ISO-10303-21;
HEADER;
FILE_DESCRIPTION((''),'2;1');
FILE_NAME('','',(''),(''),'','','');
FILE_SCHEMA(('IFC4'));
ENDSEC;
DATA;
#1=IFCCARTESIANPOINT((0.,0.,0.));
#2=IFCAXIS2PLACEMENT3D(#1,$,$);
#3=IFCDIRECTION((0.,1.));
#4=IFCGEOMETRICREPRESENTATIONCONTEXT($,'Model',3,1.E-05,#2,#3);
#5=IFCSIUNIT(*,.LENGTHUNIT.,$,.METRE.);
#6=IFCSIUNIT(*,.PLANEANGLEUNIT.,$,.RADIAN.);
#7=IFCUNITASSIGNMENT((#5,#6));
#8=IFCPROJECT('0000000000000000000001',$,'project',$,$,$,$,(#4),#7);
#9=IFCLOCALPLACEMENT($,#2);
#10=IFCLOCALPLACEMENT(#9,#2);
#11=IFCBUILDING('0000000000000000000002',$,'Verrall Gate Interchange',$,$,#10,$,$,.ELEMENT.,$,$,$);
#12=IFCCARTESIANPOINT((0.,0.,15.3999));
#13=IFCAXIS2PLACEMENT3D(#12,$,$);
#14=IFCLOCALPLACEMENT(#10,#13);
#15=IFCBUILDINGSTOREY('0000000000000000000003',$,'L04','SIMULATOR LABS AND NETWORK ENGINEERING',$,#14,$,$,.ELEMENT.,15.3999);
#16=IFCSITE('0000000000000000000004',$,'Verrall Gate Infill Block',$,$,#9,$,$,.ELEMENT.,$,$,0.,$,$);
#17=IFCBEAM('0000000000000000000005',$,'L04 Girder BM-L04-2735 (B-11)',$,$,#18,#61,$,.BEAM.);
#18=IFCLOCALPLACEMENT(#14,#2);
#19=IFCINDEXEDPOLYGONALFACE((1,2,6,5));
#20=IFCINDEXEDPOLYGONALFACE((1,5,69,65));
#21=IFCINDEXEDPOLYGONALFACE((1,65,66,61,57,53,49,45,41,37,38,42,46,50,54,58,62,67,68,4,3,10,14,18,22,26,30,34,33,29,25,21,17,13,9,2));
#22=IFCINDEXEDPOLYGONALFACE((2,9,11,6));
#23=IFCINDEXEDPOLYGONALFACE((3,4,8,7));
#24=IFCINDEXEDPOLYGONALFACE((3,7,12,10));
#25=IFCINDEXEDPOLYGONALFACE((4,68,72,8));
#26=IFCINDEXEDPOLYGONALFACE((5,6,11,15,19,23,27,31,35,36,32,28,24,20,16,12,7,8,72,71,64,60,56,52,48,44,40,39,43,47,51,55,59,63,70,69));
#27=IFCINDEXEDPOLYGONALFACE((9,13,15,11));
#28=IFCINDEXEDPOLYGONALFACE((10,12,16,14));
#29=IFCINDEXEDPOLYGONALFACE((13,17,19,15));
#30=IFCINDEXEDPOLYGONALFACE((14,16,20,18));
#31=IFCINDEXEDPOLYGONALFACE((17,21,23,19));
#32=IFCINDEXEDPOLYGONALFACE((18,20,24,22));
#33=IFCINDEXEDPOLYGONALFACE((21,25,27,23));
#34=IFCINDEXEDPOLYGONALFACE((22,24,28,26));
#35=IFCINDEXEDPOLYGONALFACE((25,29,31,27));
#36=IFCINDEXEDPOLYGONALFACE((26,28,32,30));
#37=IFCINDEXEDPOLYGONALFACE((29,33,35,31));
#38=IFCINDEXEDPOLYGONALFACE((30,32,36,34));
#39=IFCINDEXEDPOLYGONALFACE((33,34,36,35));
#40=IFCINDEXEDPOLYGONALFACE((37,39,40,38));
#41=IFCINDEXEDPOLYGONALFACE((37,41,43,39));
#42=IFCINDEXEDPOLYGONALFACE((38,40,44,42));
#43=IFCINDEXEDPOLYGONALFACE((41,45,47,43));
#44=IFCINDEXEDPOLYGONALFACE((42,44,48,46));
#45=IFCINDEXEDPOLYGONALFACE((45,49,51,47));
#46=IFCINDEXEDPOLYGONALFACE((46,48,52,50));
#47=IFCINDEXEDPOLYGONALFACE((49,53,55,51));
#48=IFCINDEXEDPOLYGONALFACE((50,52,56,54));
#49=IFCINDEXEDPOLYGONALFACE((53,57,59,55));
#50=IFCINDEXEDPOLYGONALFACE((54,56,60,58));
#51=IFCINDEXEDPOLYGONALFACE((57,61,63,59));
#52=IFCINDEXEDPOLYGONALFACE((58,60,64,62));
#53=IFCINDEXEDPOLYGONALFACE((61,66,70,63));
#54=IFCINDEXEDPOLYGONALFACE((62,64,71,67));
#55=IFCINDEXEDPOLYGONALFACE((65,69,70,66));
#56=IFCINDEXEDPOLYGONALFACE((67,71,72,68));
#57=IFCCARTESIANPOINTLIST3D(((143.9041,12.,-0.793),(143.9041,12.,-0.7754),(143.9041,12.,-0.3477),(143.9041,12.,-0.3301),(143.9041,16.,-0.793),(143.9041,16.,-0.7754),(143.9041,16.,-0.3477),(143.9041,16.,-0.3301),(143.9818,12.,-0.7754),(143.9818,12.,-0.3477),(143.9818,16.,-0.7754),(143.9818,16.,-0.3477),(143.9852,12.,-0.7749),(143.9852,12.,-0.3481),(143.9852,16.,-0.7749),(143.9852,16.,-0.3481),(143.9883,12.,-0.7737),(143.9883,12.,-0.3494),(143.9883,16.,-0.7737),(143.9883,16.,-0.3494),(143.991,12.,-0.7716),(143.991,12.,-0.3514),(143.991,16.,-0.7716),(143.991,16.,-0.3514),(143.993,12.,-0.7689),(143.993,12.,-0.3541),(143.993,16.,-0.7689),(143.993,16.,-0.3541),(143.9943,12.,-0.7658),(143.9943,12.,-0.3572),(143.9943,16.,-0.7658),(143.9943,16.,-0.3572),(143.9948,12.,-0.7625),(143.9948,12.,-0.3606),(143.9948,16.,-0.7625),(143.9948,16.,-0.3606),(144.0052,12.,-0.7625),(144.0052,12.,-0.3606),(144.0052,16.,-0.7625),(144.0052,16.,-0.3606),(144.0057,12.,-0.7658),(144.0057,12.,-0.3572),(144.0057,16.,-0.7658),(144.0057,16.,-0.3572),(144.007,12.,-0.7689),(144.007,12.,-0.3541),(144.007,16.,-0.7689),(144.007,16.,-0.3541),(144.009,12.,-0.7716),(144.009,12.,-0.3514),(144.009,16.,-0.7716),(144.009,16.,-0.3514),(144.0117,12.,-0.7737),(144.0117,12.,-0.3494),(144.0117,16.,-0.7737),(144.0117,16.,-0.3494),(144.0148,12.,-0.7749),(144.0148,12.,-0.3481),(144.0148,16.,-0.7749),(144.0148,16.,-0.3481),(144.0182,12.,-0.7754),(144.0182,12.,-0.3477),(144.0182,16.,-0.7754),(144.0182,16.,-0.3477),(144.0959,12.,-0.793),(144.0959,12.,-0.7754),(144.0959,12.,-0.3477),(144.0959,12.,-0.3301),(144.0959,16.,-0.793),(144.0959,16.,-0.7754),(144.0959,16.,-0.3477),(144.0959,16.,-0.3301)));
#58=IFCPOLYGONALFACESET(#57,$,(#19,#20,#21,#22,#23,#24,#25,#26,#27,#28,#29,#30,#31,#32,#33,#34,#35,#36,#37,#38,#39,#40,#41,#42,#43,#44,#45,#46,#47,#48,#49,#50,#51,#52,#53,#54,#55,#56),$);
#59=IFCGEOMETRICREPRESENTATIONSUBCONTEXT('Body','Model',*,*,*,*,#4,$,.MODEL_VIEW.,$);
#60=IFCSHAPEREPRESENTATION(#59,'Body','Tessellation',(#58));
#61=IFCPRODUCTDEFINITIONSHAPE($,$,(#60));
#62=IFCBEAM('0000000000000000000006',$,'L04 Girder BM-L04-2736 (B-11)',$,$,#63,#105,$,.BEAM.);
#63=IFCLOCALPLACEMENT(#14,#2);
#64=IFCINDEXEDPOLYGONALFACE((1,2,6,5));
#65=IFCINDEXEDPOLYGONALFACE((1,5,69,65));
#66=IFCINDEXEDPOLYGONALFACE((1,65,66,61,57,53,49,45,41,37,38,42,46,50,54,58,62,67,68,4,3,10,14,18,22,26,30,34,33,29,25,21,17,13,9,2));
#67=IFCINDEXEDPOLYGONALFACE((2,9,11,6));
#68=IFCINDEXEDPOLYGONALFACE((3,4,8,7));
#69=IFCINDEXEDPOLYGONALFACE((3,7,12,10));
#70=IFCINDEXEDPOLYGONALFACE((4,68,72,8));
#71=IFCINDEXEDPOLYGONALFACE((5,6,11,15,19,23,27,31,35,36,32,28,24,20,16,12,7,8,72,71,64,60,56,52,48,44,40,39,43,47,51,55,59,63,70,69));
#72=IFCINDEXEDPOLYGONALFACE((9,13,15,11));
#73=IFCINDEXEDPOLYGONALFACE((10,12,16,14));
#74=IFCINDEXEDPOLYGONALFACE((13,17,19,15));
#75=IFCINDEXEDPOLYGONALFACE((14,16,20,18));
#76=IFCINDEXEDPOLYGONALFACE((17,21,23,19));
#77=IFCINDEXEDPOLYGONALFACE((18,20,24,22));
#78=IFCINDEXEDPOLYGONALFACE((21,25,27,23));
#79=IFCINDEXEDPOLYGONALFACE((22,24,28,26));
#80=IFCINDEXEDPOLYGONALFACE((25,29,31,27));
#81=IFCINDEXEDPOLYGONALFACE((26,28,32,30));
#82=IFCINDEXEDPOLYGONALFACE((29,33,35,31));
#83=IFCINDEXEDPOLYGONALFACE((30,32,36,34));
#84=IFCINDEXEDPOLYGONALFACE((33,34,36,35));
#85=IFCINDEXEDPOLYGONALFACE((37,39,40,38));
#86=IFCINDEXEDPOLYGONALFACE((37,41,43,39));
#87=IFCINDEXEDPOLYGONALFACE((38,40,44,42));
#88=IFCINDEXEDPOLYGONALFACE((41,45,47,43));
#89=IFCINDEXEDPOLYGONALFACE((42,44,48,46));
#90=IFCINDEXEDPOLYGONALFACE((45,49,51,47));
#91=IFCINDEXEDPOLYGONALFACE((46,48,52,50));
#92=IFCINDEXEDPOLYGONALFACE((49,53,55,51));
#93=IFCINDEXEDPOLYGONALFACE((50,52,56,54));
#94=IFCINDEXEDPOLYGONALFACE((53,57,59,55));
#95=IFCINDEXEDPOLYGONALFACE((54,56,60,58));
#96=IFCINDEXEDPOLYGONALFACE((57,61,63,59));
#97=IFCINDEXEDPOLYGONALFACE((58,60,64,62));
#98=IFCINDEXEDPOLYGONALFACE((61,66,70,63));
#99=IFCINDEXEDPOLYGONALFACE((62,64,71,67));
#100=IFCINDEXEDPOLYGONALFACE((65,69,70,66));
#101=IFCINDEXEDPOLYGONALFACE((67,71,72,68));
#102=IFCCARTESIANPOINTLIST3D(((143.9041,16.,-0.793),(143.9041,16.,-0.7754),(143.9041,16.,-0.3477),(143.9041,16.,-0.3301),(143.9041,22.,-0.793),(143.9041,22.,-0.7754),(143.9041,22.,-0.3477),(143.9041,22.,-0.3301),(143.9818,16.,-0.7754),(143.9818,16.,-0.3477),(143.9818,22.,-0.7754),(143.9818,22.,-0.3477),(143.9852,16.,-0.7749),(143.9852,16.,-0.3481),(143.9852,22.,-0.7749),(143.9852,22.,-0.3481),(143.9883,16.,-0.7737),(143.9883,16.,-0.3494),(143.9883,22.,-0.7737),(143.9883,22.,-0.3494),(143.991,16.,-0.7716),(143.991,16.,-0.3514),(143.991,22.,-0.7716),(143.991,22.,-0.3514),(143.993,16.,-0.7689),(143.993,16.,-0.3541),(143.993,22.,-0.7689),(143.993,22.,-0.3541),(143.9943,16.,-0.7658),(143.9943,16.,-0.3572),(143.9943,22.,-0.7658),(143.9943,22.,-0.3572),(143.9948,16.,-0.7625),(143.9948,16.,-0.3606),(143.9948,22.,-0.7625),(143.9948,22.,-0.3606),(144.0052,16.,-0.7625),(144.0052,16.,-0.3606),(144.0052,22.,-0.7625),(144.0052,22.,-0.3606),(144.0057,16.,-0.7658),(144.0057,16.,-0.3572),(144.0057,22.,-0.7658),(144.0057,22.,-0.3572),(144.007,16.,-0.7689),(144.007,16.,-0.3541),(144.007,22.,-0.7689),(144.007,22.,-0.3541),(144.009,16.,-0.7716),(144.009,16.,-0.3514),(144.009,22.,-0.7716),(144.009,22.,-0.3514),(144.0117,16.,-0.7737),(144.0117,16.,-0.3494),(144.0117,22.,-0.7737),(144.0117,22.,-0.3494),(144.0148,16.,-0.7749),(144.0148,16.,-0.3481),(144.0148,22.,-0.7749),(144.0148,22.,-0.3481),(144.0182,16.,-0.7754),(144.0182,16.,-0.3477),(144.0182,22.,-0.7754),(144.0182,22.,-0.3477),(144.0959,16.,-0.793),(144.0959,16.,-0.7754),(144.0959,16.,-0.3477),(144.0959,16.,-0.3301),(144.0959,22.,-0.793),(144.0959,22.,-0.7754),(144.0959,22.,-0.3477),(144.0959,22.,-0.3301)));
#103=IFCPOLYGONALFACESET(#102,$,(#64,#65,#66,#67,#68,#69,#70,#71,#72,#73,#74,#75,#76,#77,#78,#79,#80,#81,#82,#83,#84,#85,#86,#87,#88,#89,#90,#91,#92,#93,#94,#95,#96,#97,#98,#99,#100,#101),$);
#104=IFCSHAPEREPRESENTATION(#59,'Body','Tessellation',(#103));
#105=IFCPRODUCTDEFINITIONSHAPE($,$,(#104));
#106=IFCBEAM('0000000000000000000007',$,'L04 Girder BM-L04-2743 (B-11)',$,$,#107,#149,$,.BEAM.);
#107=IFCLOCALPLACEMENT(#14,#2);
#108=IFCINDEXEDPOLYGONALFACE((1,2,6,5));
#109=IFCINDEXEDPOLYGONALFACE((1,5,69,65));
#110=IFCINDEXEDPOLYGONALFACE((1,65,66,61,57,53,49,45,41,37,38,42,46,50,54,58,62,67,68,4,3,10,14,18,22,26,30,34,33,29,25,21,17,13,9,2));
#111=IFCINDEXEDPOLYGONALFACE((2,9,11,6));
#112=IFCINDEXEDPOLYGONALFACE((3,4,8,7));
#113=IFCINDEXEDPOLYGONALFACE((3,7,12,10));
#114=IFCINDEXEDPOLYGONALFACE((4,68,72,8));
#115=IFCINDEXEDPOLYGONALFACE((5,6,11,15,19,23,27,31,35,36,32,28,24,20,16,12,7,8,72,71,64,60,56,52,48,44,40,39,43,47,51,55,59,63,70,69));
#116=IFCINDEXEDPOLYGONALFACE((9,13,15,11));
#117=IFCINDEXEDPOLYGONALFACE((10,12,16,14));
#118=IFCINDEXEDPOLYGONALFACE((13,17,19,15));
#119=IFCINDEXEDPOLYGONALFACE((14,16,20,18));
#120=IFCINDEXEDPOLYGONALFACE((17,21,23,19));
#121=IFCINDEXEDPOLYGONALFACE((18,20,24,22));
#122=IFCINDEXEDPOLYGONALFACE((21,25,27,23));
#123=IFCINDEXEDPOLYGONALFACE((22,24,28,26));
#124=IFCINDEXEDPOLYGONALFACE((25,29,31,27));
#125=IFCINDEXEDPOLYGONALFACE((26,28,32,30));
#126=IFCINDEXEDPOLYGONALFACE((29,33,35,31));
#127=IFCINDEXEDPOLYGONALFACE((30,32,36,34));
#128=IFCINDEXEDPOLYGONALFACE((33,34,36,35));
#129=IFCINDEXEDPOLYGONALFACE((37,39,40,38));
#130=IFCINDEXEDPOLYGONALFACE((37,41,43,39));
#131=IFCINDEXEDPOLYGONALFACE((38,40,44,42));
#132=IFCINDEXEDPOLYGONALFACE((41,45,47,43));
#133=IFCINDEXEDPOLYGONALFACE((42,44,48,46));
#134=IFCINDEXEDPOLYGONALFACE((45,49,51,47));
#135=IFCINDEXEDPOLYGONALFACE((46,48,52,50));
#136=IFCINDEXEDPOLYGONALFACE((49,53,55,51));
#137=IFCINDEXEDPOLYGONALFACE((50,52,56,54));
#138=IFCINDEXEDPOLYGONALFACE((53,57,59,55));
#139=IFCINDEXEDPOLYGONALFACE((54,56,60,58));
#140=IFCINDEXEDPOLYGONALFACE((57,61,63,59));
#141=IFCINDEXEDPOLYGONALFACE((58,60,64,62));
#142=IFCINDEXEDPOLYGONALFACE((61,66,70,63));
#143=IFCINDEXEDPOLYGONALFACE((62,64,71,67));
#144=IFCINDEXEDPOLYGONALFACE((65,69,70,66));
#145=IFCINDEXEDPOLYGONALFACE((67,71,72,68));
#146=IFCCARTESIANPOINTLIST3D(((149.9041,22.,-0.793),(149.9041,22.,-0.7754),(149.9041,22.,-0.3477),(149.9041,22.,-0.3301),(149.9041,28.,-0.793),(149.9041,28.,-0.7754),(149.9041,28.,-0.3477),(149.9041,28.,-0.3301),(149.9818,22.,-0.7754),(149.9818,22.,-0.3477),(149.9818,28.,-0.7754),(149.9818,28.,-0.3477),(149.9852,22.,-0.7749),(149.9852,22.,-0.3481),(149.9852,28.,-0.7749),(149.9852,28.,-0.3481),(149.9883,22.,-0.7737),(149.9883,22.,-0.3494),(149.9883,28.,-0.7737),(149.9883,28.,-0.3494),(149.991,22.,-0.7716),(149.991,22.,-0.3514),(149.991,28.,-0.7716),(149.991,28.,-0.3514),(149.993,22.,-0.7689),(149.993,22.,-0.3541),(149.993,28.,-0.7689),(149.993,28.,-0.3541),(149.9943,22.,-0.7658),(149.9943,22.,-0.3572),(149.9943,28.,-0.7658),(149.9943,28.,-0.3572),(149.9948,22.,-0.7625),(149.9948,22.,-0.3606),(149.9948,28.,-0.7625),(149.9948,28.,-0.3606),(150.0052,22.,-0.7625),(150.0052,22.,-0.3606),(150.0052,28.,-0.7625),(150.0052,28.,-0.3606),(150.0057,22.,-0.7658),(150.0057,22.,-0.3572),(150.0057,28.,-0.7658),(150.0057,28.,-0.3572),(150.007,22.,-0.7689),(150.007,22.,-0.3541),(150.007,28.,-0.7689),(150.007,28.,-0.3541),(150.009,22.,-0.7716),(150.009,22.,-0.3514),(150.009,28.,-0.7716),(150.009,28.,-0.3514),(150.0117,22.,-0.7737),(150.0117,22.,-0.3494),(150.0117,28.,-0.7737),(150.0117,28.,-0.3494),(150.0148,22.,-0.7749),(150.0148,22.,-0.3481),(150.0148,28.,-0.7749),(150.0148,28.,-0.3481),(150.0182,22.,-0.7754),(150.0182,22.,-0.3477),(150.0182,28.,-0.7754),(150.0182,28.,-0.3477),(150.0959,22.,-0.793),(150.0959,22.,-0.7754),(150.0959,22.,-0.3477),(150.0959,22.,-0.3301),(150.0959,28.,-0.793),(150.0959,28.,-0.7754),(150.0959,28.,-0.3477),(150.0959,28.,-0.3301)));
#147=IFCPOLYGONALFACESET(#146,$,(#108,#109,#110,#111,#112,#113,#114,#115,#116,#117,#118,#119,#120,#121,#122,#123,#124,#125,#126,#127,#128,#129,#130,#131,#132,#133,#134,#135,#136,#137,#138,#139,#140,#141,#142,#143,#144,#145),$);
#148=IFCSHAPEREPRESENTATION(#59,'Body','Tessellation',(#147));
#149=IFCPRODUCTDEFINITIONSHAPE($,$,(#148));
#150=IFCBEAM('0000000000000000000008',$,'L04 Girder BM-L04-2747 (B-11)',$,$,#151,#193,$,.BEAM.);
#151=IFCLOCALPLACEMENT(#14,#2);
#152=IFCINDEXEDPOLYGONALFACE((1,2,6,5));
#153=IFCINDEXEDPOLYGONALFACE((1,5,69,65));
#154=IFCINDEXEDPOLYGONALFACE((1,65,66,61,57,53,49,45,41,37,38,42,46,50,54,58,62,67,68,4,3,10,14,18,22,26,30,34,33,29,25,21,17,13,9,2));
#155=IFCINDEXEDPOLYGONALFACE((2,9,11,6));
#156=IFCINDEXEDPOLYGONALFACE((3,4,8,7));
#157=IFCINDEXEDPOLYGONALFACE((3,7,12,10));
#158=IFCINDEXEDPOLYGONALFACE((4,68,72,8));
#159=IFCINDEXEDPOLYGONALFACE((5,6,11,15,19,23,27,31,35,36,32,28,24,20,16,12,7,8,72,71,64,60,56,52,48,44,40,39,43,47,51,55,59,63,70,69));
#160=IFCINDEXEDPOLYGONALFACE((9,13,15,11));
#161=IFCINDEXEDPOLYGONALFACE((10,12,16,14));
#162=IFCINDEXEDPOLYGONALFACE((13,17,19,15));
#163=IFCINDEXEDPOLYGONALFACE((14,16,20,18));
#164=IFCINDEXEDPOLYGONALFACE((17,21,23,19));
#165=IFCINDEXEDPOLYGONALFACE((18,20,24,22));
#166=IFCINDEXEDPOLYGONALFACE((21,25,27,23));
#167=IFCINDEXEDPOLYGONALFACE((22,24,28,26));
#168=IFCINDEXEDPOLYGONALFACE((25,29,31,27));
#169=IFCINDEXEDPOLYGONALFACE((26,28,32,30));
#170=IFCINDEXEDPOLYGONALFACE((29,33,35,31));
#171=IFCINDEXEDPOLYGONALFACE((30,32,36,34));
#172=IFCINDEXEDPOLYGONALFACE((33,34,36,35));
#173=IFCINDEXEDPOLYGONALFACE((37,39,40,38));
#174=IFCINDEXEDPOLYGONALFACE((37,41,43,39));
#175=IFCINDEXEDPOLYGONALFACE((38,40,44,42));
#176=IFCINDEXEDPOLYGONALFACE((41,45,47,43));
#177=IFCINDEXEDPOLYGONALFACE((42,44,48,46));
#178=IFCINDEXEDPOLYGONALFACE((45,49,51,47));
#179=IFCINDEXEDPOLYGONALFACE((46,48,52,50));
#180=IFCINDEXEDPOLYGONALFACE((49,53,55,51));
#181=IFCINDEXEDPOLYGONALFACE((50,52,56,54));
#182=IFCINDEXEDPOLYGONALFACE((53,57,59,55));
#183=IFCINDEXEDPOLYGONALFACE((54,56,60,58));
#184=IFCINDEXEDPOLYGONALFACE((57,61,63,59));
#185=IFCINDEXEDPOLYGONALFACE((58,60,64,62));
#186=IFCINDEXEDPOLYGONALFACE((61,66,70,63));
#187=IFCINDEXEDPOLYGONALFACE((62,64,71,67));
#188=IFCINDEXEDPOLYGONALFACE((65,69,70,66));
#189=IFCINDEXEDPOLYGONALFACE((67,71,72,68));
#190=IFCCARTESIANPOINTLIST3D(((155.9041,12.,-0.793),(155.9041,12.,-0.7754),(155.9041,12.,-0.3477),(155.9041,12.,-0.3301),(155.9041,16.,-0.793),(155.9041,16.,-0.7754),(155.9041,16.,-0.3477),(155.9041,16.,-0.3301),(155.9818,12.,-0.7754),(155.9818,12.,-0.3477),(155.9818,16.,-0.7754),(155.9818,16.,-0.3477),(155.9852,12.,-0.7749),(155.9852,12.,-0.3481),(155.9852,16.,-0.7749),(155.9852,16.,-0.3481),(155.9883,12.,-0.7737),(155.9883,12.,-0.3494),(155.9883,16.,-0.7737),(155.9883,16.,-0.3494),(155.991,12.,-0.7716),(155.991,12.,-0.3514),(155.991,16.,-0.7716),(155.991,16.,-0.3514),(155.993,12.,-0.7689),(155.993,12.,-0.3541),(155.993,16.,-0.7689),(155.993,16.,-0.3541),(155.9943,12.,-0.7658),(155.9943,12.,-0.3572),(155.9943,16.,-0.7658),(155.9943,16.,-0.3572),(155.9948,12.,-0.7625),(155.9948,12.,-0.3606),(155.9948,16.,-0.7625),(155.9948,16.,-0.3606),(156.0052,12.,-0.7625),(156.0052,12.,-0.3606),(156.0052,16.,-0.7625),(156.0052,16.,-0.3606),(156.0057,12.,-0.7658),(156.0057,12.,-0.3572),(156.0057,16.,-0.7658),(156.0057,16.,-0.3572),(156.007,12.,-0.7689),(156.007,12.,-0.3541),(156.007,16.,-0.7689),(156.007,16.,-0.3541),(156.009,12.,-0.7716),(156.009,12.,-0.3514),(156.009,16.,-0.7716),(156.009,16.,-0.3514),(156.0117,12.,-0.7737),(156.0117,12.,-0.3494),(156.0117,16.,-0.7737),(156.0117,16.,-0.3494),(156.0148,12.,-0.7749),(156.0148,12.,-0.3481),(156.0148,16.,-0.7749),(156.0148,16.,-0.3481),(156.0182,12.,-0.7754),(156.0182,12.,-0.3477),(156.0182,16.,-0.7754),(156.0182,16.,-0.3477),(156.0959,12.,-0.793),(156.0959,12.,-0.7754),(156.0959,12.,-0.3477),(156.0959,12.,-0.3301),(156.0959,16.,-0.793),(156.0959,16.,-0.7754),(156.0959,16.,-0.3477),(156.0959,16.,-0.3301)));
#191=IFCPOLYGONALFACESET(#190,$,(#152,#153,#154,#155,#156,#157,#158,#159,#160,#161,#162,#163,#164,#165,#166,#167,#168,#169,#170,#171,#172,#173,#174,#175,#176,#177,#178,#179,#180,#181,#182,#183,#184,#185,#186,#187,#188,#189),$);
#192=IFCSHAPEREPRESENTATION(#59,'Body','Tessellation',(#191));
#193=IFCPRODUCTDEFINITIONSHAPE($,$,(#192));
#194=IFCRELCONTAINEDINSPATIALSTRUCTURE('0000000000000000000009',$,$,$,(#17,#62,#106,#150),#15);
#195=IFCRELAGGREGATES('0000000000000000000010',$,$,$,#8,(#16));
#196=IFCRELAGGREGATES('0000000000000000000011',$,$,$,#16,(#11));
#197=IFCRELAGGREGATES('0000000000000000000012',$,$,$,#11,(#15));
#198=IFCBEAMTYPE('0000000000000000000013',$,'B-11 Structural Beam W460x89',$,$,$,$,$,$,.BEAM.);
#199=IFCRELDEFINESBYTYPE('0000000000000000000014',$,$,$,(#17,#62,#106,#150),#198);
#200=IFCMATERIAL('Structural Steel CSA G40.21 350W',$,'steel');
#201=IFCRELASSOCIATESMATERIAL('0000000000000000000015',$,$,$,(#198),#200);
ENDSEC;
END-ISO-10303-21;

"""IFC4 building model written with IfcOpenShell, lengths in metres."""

from ifc_helpers import new_model, si_unit, direction, frame, origin, origin_2d, place, context, subcontext, project, spatial, i_section, extrude, material, material_profile, profile_set, type_object, element, save


model = new_model("IFC4")

# Units and contexts
model_context = context("Model", 3, precision=1e-05, world=origin(), true_north=direction((0.0, 1.0)))
body_context = subcontext(model_context, "Body", "Model", "MODEL_VIEW")
ifc_project = project(units=[si_unit("LENGTHUNIT", "METRE"), si_unit("PLANEANGLEUNIT", "RADIAN")], contexts=[model_context])

# Site, building, storey
site_placement = place(None, origin())
site = spatial("IfcSite", under=ifc_project, at=site_placement, Name="Verrall Gate Infill Block", CompositionType="ELEMENT", RefElevation=0.0)
building_placement = place(site_placement, origin())
building = spatial("IfcBuilding", under=site, at=building_placement, Name="Verrall Gate Interchange", CompositionType="ELEMENT")
storey_placement = place(building_placement, frame((0.0, 0.0, 15.3999)))
storey = spatial("IfcBuildingStorey", under=building, at=storey_placement, Name="L04", Description="SIMULATOR LABS AND NETWORK ENGINEERING", CompositionType="ELEMENT", Elevation=15.3999)

# Beams
ifc_material_1 = material(Name="Structural Steel CSA G40.21 350W", Category="steel")
ifc_material_profile_1 = material_profile(ifc_material_1, i_section(OverallWidth=0.1919, OverallDepth=0.4629, WebThickness=0.0105, FlangeThickness=0.0176, FilletRadius=0.0129, at=origin_2d()), Name="W460x89")
ifc_profile_set_1 = profile_set([ifc_material_profile_1], Name="Structural Steel CSA G40.21 350W")
beam_type_1 = type_object("IfcBeamType", Name="B-11 Structural Beam W460x89", PredefinedType="BEAM", material=ifc_profile_set_1)
beam_1_placement = place(storey_placement, frame((144.0, 12.0, -0.5615), z_axis=(0.0, 1.0, 0.0), x_axis=(-1.0, 0.0, 0.0)))
element("IfcBeam", 1, at=beam_1_placement, inside=storey, type_object=beam_type_1, Name="L04 Girder BM-L04-2735 (B-11)", PredefinedType="BEAM", context=body_context, shape_type="SweptSolid", body=[
    extrude(i_section(OverallWidth=0.1919, OverallDepth=0.4629, WebThickness=0.0105, FlangeThickness=0.0176, FilletRadius=0.0129, at=origin_2d()), origin(), (0.0, 0.0, 1.0), 4.0),
])
for number, where, z_axis, x_axis, name in (
    (2, (144.0, 16.0, -0.5615), (0.0, 1.0, 0.0), (-1.0, 0.0, 0.0), "L04 Girder BM-L04-2736 (B-11)"),
    (3, (150.0, 22.0, -0.5615), (0.0, 1.0, 0.0), (-1.0, 0.0, 0.0), "L04 Girder BM-L04-2743 (B-11)"),
):
    element("IfcBeam", number, at=place(storey_placement, frame(where, z_axis=z_axis, x_axis=x_axis)), inside=storey, type_object=beam_type_1, Name=name, PredefinedType="BEAM", context=body_context, shape_type="SweptSolid", body=[
        extrude(i_section(OverallWidth=0.1919, OverallDepth=0.4629, WebThickness=0.0105, FlangeThickness=0.0176, FilletRadius=0.0129, at=origin_2d()), origin(), (0.0, 0.0, 1.0), 6.0),
    ])
beam_2_placement = place(storey_placement, frame((156.0, 12.0, -0.5615), z_axis=(0.0, 1.0, 0.0), x_axis=(-1.0, 0.0, 0.0)))
element("IfcBeam", 4, at=beam_2_placement, inside=storey, type_object=beam_type_1, Name="L04 Girder BM-L04-2747 (B-11)", PredefinedType="BEAM", context=body_context, shape_type="SweptSolid", body=[
    extrude(i_section(OverallWidth=0.1919, OverallDepth=0.4629, WebThickness=0.0105, FlangeThickness=0.0176, FilletRadius=0.0129, at=origin_2d()), origin(), (0.0, 0.0, 1.0), 4.0),
])

save(model, "model.ifc")
